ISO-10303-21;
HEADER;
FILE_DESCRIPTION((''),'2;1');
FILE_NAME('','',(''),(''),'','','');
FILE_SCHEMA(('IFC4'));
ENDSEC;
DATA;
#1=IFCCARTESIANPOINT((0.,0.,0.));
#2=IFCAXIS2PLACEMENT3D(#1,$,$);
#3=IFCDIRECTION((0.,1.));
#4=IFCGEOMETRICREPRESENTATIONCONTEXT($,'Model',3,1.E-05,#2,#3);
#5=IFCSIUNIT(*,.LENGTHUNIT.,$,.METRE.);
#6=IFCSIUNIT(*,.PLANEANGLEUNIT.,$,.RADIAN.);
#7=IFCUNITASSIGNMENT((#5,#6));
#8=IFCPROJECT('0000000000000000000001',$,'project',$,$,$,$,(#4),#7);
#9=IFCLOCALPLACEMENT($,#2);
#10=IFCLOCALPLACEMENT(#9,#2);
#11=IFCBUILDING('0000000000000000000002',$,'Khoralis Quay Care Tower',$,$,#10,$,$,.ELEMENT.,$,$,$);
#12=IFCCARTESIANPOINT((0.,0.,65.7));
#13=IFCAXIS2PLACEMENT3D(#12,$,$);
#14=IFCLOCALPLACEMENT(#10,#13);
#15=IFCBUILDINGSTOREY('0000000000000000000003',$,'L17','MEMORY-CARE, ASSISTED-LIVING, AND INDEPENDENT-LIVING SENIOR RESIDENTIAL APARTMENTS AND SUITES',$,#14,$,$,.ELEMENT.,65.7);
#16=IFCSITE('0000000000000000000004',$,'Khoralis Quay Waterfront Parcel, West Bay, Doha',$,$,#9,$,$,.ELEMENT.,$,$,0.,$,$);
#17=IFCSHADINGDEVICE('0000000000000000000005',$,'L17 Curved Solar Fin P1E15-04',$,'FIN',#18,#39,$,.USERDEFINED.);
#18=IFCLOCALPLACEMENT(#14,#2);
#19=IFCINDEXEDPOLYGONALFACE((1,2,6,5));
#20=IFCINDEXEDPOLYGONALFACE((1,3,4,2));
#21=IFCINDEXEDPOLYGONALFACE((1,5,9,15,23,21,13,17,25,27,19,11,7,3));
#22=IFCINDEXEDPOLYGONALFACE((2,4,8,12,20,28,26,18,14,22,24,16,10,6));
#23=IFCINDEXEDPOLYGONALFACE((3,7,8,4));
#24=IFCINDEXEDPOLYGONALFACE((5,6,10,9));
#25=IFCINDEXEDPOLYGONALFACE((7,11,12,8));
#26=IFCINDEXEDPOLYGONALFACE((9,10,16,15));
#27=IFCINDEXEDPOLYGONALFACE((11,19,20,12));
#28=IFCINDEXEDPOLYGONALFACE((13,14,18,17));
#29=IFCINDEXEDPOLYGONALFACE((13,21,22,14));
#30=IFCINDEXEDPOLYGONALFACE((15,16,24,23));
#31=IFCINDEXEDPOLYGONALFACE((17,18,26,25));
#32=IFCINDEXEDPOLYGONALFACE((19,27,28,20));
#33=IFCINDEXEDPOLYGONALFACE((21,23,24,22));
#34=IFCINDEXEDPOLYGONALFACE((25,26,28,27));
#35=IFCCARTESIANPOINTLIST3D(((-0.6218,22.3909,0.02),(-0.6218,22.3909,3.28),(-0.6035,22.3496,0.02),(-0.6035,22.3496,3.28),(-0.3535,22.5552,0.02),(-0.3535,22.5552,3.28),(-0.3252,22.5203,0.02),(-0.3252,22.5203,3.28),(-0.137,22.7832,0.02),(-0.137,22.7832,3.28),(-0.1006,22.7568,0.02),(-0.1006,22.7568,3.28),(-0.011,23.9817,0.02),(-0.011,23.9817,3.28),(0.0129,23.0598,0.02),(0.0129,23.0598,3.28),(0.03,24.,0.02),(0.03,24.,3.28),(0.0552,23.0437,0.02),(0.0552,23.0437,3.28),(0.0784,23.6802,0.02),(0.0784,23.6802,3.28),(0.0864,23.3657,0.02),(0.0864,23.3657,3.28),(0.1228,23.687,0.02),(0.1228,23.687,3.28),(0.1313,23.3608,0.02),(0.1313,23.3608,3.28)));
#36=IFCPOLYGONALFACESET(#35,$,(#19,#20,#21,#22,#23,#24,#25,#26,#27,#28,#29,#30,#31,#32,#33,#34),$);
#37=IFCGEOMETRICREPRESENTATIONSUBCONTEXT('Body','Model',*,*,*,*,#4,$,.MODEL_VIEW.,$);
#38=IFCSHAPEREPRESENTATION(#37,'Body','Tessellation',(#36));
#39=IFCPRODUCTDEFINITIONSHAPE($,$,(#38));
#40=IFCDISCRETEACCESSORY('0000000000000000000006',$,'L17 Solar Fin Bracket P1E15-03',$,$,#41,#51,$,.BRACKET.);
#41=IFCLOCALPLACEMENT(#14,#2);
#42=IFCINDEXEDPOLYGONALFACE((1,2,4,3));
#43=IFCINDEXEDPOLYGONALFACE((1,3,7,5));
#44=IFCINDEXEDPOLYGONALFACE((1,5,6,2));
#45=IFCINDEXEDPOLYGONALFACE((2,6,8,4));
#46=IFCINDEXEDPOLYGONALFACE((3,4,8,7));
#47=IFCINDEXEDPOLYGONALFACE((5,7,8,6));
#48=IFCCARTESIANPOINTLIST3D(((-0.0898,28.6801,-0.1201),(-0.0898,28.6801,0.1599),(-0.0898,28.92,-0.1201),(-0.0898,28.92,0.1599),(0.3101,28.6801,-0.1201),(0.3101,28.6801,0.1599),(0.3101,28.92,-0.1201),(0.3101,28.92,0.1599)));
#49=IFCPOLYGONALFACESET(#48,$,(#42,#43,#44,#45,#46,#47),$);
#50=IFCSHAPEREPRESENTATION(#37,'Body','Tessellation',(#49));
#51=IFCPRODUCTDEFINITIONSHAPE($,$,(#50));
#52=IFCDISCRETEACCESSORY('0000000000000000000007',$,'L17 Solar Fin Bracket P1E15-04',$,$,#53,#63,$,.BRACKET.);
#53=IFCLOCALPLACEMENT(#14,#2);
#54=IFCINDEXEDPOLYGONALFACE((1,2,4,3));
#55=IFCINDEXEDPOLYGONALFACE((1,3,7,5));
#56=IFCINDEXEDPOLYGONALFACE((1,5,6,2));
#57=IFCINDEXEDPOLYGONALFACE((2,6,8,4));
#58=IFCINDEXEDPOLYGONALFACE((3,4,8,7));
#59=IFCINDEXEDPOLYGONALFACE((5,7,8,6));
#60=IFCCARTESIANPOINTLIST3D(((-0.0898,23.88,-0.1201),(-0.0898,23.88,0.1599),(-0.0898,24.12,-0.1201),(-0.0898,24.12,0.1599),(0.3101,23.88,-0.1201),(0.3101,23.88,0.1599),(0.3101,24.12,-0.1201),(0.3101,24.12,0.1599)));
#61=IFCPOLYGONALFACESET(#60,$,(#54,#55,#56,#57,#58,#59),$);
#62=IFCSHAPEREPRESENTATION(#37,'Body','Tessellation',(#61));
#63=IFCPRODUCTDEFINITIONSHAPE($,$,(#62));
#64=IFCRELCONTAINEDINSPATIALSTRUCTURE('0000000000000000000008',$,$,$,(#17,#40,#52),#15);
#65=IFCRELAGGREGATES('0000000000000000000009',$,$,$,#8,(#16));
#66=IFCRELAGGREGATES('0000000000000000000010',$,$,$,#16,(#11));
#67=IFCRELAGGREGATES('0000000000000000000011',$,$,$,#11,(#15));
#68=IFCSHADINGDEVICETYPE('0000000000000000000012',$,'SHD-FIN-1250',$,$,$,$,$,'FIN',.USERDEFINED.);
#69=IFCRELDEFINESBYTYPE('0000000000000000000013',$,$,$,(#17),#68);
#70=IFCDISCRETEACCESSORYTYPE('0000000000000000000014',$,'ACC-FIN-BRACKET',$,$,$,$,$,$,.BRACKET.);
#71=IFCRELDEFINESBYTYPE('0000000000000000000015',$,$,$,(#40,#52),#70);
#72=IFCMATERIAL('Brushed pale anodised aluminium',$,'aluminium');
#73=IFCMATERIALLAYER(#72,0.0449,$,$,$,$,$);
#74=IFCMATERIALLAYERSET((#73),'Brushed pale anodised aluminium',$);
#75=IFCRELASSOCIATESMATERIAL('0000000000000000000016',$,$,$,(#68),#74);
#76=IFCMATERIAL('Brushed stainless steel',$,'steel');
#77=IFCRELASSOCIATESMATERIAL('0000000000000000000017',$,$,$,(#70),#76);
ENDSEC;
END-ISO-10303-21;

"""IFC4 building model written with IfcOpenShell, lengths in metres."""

from ifc_helpers import new_model, si_unit, direction, frame, origin, origin_2d, place, context, subcontext, project, spatial, polyline, rectangle, outline, extrude, source, transform, mapped, material, layer, layer_set, type_object, element, save


model = new_model("IFC4")

# Units and contexts
model_context = context("Model", 3, precision=1e-05, world=origin(), true_north=direction((0.0, 1.0)))
body_context = subcontext(model_context, "Body", "Model", "MODEL_VIEW")
ifc_project = project(units=[si_unit("LENGTHUNIT", "METRE"), si_unit("PLANEANGLEUNIT", "RADIAN")], contexts=[model_context])

# Site, building, storey
site_placement = place(None, origin())
site = spatial("IfcSite", under=ifc_project, at=site_placement, Name="Khoralis Quay Waterfront Parcel, West Bay, Doha", CompositionType="ELEMENT", RefElevation=0.0)
building_placement = place(site_placement, origin())
building = spatial("IfcBuilding", under=site, at=building_placement, Name="Khoralis Quay Care Tower", CompositionType="ELEMENT")
storey_placement = place(building_placement, frame((0.0, 0.0, 65.7)))
storey = spatial("IfcBuildingStorey", under=building, at=storey_placement, Name="L17", Description="MEMORY-CARE, ASSISTED-LIVING, AND INDEPENDENT-LIVING SENIOR RESIDENTIAL APARTMENTS AND SUITES", CompositionType="ELEMENT", Elevation=65.7)

# Shading device
ifc_material_1 = material(Name="Brushed pale anodised aluminium", Category="aluminium")
ifc_layer_1 = layer(ifc_material_1, 0.0449)
ifc_layer_set_1 = layer_set([ifc_layer_1], Name="Brushed pale anodised aluminium")
shading_device_type = type_object("IfcShadingDeviceType", Name="SHD-FIN-1250", ElementType="FIN", PredefinedType="USERDEFINED", material=ifc_layer_set_1)
shared_shape_1 = source(origin(), body_context, "Body", "SweptSolid", [
    extrude(outline(polyline([(0.0, 0.0), (-0.0928, 0.313), (-0.1013, 0.6392), (-0.0251, 0.9563), (0.1306, 1.2432), (0.3552, 1.4797), (0.6335, 1.6504), (0.6519, 1.6091), (0.3835, 1.4448), (0.167, 1.2168), (0.0171, 0.9402), (-0.0564, 0.6343), (-0.0483, 0.3198), (0.041, 0.0183), (0.0, 0.0)])), origin(), (0.0, 0.0, 1.0), 3.26),
])
for number, where, z_axis, x_axis, name in (
    (1, (0.03, 24.0, 0.02), (0.0, 0.0, 1.0), (-1.0, 0.0, 0.0), "L17 Curved Solar Fin P1E15-04"),
):
    element("IfcShadingDevice", number, at=place(storey_placement, frame(where, z_axis=z_axis, x_axis=x_axis)), inside=storey, type_object=shading_device_type, Name=name, ObjectType="FIN", PredefinedType="USERDEFINED", context=body_context, shape_type="MappedRepresentation", body=[
        mapped(shared_shape_1, transform((0.0, 0.0, 0.0), scale=1.0)),
    ])

# Discrete accessories
ifc_material_2 = material(Name="Brushed stainless steel", Category="steel")
discrete_accessory_type = type_object("IfcDiscreteAccessoryType", Name="ACC-FIN-BRACKET", PredefinedType="BRACKET", material=ifc_material_2)
shared_shape_2 = source(origin(), body_context, "Body", "SweptSolid", [
    extrude(rectangle(XDim=0.3999, YDim=0.24, at=origin_2d()), origin(), (0.0, 0.0, 1.0), 0.28),
])
for number, where, z_axis, x_axis, name in (
    (2, (0.1101, 28.8, -0.1201), (0.0, 0.0, 1.0), (-1.0, 0.0, 0.0), "L17 Solar Fin Bracket P1E15-03"),
    (3, (0.1101, 24.0, -0.1201), (0.0, 0.0, 1.0), (-1.0, 0.0, 0.0), "L17 Solar Fin Bracket P1E15-04"),
):
    element("IfcDiscreteAccessory", number, at=place(storey_placement, frame(where, z_axis=z_axis, x_axis=x_axis)), inside=storey, type_object=discrete_accessory_type, Name=name, PredefinedType="BRACKET", context=body_context, shape_type="MappedRepresentation", body=[
        mapped(shared_shape_2, transform((0.0, 0.0, 0.0), scale=1.0)),
    ])

save(model, "model.ifc")
